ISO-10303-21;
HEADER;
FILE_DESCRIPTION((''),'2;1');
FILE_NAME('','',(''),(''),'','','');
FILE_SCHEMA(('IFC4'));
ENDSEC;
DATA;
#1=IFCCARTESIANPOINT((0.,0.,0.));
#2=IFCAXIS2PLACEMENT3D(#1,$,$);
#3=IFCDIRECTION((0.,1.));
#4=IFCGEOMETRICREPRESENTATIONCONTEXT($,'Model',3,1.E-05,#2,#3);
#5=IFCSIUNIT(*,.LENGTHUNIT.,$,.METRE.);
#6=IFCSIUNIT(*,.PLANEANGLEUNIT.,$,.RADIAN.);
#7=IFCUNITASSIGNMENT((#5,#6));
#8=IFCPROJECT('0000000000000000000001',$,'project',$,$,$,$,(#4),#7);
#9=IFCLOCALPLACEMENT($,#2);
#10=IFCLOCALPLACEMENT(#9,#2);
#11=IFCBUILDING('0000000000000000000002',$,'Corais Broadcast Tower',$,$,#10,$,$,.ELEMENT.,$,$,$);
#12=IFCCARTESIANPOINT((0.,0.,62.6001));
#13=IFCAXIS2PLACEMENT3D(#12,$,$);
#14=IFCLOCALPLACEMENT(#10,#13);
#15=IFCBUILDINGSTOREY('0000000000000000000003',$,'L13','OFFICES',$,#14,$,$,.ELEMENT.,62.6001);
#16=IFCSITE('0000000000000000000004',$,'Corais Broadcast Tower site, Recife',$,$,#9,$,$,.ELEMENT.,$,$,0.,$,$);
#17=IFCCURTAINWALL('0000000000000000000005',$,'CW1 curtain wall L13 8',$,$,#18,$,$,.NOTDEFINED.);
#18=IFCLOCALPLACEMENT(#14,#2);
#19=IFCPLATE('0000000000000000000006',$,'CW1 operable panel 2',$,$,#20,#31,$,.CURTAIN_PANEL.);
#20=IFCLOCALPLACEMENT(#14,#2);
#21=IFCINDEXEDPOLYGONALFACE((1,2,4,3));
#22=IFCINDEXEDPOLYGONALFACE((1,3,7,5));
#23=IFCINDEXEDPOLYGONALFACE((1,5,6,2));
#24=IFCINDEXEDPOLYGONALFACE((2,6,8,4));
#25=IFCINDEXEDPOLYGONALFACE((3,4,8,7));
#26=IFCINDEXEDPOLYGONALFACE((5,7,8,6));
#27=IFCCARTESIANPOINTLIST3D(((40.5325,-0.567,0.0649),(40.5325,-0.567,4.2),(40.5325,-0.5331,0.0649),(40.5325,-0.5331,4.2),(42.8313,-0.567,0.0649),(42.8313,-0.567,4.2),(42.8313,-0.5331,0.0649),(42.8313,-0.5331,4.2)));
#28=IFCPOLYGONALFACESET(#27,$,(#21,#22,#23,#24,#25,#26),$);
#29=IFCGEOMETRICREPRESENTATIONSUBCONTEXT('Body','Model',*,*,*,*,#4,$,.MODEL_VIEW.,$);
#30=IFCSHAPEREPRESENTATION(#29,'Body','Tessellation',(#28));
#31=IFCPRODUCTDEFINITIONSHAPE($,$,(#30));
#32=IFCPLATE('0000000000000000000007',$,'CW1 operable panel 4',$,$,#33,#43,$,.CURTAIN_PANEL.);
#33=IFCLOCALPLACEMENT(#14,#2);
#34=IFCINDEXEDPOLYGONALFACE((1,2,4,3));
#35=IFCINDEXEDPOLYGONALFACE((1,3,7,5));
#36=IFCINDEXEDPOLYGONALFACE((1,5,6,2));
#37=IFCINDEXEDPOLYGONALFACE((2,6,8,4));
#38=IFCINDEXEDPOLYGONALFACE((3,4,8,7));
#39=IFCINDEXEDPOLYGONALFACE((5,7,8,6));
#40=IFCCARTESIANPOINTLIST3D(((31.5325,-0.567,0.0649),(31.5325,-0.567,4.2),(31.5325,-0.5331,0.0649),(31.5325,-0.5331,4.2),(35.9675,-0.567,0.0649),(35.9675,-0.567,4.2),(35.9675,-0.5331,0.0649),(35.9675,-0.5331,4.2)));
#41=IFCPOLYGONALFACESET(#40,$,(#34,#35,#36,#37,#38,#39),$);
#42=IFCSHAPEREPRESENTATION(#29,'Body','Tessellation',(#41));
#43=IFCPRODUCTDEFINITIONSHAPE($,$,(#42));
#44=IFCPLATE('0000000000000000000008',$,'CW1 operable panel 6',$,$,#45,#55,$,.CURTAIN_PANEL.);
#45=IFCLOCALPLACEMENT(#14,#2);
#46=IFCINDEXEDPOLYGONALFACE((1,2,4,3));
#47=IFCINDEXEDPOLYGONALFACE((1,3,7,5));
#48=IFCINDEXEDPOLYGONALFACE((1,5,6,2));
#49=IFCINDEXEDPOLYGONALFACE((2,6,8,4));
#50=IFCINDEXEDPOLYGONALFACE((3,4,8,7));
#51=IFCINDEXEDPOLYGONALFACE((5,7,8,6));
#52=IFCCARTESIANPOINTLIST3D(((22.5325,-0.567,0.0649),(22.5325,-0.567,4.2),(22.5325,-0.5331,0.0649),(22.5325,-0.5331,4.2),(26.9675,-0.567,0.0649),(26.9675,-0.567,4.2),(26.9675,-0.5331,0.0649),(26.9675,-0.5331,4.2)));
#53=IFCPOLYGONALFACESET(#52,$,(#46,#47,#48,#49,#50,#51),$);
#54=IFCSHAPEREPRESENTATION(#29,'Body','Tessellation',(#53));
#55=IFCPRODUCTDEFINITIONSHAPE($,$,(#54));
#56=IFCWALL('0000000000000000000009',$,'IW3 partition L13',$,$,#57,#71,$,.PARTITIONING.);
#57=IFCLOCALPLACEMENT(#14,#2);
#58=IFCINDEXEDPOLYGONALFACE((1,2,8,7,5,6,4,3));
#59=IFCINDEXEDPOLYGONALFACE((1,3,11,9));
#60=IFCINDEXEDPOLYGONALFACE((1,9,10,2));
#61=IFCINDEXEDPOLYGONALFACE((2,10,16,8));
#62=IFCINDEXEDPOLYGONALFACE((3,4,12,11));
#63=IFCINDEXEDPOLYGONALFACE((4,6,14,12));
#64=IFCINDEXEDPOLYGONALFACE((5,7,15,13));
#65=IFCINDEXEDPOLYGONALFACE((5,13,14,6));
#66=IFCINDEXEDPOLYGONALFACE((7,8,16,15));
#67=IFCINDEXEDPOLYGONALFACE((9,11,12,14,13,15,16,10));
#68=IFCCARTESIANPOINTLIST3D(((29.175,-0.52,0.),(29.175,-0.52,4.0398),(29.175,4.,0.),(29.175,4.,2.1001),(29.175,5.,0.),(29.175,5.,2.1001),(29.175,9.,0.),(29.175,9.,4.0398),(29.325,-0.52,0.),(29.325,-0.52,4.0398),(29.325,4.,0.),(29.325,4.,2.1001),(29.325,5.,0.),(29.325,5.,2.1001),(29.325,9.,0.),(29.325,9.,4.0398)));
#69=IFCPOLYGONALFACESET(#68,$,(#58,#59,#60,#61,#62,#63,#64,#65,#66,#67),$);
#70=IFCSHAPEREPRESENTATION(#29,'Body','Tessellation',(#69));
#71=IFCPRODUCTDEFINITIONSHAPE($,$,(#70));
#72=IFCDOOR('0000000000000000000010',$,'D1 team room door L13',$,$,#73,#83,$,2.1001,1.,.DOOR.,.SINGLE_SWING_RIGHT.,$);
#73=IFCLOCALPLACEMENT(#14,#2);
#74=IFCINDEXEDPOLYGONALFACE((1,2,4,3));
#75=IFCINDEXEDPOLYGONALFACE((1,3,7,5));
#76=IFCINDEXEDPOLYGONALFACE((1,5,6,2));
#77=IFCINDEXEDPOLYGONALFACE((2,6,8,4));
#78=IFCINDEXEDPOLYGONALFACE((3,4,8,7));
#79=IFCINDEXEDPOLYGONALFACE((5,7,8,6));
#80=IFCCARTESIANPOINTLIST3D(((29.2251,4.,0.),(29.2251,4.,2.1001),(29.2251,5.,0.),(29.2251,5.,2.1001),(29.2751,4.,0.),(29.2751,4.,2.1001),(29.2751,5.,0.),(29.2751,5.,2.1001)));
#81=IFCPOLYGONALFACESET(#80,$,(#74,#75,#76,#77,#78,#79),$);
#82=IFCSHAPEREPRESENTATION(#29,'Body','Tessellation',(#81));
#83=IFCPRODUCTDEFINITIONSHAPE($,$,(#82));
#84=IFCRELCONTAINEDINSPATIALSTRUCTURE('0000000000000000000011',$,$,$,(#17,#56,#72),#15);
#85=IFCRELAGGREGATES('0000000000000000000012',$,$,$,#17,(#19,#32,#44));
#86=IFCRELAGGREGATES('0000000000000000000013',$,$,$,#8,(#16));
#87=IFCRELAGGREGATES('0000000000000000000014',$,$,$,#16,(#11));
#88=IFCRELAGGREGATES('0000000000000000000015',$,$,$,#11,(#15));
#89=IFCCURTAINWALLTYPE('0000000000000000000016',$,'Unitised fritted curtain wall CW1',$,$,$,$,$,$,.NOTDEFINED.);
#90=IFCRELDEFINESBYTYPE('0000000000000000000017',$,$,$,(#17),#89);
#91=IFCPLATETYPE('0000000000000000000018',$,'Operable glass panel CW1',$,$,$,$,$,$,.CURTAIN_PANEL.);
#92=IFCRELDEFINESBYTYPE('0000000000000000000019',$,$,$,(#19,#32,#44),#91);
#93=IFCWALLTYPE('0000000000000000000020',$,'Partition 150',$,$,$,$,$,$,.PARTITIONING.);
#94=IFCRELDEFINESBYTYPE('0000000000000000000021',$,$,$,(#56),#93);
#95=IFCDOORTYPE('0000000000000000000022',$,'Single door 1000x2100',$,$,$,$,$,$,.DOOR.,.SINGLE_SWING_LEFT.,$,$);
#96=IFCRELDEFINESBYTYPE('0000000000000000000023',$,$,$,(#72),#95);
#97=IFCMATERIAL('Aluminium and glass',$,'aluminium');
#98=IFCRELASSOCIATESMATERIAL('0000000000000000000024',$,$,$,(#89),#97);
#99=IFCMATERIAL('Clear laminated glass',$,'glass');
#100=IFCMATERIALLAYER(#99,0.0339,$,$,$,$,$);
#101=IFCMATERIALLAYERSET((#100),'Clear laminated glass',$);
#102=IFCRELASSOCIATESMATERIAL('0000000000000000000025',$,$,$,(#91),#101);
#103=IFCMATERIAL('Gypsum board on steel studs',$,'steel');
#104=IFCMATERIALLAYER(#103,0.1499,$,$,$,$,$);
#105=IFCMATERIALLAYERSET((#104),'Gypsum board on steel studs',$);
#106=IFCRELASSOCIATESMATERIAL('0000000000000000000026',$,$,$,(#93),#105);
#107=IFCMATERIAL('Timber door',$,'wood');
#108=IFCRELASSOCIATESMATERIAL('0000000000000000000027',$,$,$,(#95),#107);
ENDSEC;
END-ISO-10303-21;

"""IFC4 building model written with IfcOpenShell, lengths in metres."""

from ifc_helpers import new_model, si_unit, direction, frame, frame_2d, origin, origin_2d, place, context, subcontext, project, spatial, rectangle, extrude, material, layer, layer_set, type_object, element, fill, aggregate, save


model = new_model("IFC4")

# Units and contexts
model_context = context("Model", 3, precision=1e-05, world=origin(), true_north=direction((0.0, 1.0)))
body_context = subcontext(model_context, "Body", "Model", "MODEL_VIEW")
ifc_project = project(units=[si_unit("LENGTHUNIT", "METRE"), si_unit("PLANEANGLEUNIT", "RADIAN")], contexts=[model_context])

# Site, building, storey
site_placement = place(None, origin())
site = spatial("IfcSite", under=ifc_project, at=site_placement, Name="Corais Broadcast Tower site, Recife", CompositionType="ELEMENT", RefElevation=0.0)
building_placement = place(site_placement, origin())
building = spatial("IfcBuilding", under=site, at=building_placement, Name="Corais Broadcast Tower", CompositionType="ELEMENT")
storey_placement = place(building_placement, frame((0.0, 0.0, 62.6001)))
storey = spatial("IfcBuildingStorey", under=building, at=storey_placement, Name="L13", Description="OFFICES", CompositionType="ELEMENT", Elevation=62.6001)

# Curtain wall
ifc_material_1 = material(Name="Aluminium and glass", Category="aluminium")
curtain_wall_type = type_object("IfcCurtainWallType", Name="Unitised fritted curtain wall CW1", PredefinedType="NOTDEFINED", material=ifc_material_1)
curtain_wall_placement = place(storey_placement, origin())
curtain_wall = element("IfcCurtainWall", 1, at=curtain_wall_placement, inside=storey, type_object=curtain_wall_type, Name="CW1 curtain wall L13 8", PredefinedType="NOTDEFINED")

# Plates
ifc_material_2 = material(Name="Clear laminated glass", Category="glass")
ifc_layer_1 = layer(ifc_material_2, 0.0339)
ifc_layer_set_1 = layer_set([ifc_layer_1], Name="Clear laminated glass")
plate_type_1 = type_object("IfcPlateType", Name="Operable glass panel CW1", PredefinedType="CURTAIN_PANEL", material=ifc_layer_set_1)
plate_1_placement = place(storey_placement, frame((41.6819, -0.55, 0.0649), z_axis=(0.0, 0.0, 1.0), x_axis=(-1.0, 0.0, 0.0)))
plate_1 = element("IfcPlate", 2, at=plate_1_placement, type_object=plate_type_1, Name="CW1 operable panel 2", PredefinedType="CURTAIN_PANEL", context=body_context, shape_type="SweptSolid", body=[
    extrude(rectangle(XDim=2.2988, YDim=0.0339, at=origin_2d()), origin(), (0.0, 0.0, 1.0), 4.135),
])
plate_2_placement = place(storey_placement, frame((33.75, -0.55, 0.0649), z_axis=(0.0, 0.0, 1.0), x_axis=(-1.0, 0.0, 0.0)))
plate_2 = element("IfcPlate", 3, at=plate_2_placement, type_object=plate_type_1, Name="CW1 operable panel 4", PredefinedType="CURTAIN_PANEL", context=body_context, shape_type="SweptSolid", body=[
    extrude(rectangle(XDim=4.4351, YDim=0.0339, at=origin_2d()), origin(), (0.0, 0.0, 1.0), 4.135),
])
plate_3_placement = place(storey_placement, frame((24.75, -0.55, 0.0649), z_axis=(0.0, 0.0, 1.0), x_axis=(-1.0, 0.0, 0.0)))
plate_3 = element("IfcPlate", 4, at=plate_3_placement, type_object=plate_type_1, Name="CW1 operable panel 6", PredefinedType="CURTAIN_PANEL", context=body_context, shape_type="SweptSolid", body=[
    extrude(rectangle(XDim=4.4351, YDim=0.0339, at=origin_2d()), origin(), (0.0, 0.0, 1.0), 4.135),
])
aggregate(curtain_wall, [plate_1, plate_2, plate_3])

# Wall, opening, door
ifc_material_3 = material(Name="Gypsum board on steel studs", Category="steel")
ifc_layer_2 = layer(ifc_material_3, 0.1499)
ifc_layer_set_2 = layer_set([ifc_layer_2], Name="Gypsum board on steel studs")
wall_type = type_object("IfcWallType", Name="Partition 150", PredefinedType="PARTITIONING", material=ifc_layer_set_2)
wall_placement = place(storey_placement, frame((29.25, -0.52, 0.0), z_axis=(0.0, 0.0, 1.0), x_axis=(0.0, 1.0, 0.0)))
wall = element("IfcWall", 5, at=wall_placement, inside=storey, type_object=wall_type, Name="IW3 partition L13", PredefinedType="PARTITIONING", context=body_context, shape_type="SweptSolid", body=[
    extrude(rectangle(XDim=9.52, YDim=0.1499, at=frame_2d((4.76, 0.0))), origin(), (0.0, 0.0, 1.0), 4.0398),
])
opening_placement = place(wall_placement, frame((4.52, 0.0, 0.0)))
opening = element("IfcOpeningElement", 6, at=opening_placement, cuts=wall, PredefinedType="OPENING", context=body_context, shape_type="SweptSolid", body=[
    extrude(rectangle(XDim=1.0, YDim=2.1001, at=frame_2d((0.5, 1.05))), frame((0.0, 0.085, 0.0), z_axis=(0.0, -1.0, 0.0), x_axis=(1.0, 0.0, 0.0)), (0.0, 0.0, 1.0), 0.1699),
])
ifc_material_4 = material(Name="Timber door", Category="wood")
door_type = type_object("IfcDoorType", Name="Single door 1000x2100", OperationType="SINGLE_SWING_LEFT", PredefinedType="DOOR", material=ifc_material_4)
door_placement = place(opening_placement, origin())
door = element("IfcDoor", 7, at=door_placement, inside=storey, type_object=door_type, Name="D1 team room door L13", OperationType="SINGLE_SWING_RIGHT", OverallHeight=2.1001, OverallWidth=1.0, PredefinedType="DOOR", context=body_context, shape_type="SweptSolid", body=[
    extrude(rectangle(XDim=1.0, YDim=2.1001, at=frame_2d((0.5, 1.05))), frame((0.0, 0.0249, 0.0), z_axis=(0.0, -1.0, 0.0), x_axis=(1.0, 0.0, 0.0)), (0.0, 0.0, 1.0), 0.05),
])
fill(opening, door)

save(model, "model.ifc")
